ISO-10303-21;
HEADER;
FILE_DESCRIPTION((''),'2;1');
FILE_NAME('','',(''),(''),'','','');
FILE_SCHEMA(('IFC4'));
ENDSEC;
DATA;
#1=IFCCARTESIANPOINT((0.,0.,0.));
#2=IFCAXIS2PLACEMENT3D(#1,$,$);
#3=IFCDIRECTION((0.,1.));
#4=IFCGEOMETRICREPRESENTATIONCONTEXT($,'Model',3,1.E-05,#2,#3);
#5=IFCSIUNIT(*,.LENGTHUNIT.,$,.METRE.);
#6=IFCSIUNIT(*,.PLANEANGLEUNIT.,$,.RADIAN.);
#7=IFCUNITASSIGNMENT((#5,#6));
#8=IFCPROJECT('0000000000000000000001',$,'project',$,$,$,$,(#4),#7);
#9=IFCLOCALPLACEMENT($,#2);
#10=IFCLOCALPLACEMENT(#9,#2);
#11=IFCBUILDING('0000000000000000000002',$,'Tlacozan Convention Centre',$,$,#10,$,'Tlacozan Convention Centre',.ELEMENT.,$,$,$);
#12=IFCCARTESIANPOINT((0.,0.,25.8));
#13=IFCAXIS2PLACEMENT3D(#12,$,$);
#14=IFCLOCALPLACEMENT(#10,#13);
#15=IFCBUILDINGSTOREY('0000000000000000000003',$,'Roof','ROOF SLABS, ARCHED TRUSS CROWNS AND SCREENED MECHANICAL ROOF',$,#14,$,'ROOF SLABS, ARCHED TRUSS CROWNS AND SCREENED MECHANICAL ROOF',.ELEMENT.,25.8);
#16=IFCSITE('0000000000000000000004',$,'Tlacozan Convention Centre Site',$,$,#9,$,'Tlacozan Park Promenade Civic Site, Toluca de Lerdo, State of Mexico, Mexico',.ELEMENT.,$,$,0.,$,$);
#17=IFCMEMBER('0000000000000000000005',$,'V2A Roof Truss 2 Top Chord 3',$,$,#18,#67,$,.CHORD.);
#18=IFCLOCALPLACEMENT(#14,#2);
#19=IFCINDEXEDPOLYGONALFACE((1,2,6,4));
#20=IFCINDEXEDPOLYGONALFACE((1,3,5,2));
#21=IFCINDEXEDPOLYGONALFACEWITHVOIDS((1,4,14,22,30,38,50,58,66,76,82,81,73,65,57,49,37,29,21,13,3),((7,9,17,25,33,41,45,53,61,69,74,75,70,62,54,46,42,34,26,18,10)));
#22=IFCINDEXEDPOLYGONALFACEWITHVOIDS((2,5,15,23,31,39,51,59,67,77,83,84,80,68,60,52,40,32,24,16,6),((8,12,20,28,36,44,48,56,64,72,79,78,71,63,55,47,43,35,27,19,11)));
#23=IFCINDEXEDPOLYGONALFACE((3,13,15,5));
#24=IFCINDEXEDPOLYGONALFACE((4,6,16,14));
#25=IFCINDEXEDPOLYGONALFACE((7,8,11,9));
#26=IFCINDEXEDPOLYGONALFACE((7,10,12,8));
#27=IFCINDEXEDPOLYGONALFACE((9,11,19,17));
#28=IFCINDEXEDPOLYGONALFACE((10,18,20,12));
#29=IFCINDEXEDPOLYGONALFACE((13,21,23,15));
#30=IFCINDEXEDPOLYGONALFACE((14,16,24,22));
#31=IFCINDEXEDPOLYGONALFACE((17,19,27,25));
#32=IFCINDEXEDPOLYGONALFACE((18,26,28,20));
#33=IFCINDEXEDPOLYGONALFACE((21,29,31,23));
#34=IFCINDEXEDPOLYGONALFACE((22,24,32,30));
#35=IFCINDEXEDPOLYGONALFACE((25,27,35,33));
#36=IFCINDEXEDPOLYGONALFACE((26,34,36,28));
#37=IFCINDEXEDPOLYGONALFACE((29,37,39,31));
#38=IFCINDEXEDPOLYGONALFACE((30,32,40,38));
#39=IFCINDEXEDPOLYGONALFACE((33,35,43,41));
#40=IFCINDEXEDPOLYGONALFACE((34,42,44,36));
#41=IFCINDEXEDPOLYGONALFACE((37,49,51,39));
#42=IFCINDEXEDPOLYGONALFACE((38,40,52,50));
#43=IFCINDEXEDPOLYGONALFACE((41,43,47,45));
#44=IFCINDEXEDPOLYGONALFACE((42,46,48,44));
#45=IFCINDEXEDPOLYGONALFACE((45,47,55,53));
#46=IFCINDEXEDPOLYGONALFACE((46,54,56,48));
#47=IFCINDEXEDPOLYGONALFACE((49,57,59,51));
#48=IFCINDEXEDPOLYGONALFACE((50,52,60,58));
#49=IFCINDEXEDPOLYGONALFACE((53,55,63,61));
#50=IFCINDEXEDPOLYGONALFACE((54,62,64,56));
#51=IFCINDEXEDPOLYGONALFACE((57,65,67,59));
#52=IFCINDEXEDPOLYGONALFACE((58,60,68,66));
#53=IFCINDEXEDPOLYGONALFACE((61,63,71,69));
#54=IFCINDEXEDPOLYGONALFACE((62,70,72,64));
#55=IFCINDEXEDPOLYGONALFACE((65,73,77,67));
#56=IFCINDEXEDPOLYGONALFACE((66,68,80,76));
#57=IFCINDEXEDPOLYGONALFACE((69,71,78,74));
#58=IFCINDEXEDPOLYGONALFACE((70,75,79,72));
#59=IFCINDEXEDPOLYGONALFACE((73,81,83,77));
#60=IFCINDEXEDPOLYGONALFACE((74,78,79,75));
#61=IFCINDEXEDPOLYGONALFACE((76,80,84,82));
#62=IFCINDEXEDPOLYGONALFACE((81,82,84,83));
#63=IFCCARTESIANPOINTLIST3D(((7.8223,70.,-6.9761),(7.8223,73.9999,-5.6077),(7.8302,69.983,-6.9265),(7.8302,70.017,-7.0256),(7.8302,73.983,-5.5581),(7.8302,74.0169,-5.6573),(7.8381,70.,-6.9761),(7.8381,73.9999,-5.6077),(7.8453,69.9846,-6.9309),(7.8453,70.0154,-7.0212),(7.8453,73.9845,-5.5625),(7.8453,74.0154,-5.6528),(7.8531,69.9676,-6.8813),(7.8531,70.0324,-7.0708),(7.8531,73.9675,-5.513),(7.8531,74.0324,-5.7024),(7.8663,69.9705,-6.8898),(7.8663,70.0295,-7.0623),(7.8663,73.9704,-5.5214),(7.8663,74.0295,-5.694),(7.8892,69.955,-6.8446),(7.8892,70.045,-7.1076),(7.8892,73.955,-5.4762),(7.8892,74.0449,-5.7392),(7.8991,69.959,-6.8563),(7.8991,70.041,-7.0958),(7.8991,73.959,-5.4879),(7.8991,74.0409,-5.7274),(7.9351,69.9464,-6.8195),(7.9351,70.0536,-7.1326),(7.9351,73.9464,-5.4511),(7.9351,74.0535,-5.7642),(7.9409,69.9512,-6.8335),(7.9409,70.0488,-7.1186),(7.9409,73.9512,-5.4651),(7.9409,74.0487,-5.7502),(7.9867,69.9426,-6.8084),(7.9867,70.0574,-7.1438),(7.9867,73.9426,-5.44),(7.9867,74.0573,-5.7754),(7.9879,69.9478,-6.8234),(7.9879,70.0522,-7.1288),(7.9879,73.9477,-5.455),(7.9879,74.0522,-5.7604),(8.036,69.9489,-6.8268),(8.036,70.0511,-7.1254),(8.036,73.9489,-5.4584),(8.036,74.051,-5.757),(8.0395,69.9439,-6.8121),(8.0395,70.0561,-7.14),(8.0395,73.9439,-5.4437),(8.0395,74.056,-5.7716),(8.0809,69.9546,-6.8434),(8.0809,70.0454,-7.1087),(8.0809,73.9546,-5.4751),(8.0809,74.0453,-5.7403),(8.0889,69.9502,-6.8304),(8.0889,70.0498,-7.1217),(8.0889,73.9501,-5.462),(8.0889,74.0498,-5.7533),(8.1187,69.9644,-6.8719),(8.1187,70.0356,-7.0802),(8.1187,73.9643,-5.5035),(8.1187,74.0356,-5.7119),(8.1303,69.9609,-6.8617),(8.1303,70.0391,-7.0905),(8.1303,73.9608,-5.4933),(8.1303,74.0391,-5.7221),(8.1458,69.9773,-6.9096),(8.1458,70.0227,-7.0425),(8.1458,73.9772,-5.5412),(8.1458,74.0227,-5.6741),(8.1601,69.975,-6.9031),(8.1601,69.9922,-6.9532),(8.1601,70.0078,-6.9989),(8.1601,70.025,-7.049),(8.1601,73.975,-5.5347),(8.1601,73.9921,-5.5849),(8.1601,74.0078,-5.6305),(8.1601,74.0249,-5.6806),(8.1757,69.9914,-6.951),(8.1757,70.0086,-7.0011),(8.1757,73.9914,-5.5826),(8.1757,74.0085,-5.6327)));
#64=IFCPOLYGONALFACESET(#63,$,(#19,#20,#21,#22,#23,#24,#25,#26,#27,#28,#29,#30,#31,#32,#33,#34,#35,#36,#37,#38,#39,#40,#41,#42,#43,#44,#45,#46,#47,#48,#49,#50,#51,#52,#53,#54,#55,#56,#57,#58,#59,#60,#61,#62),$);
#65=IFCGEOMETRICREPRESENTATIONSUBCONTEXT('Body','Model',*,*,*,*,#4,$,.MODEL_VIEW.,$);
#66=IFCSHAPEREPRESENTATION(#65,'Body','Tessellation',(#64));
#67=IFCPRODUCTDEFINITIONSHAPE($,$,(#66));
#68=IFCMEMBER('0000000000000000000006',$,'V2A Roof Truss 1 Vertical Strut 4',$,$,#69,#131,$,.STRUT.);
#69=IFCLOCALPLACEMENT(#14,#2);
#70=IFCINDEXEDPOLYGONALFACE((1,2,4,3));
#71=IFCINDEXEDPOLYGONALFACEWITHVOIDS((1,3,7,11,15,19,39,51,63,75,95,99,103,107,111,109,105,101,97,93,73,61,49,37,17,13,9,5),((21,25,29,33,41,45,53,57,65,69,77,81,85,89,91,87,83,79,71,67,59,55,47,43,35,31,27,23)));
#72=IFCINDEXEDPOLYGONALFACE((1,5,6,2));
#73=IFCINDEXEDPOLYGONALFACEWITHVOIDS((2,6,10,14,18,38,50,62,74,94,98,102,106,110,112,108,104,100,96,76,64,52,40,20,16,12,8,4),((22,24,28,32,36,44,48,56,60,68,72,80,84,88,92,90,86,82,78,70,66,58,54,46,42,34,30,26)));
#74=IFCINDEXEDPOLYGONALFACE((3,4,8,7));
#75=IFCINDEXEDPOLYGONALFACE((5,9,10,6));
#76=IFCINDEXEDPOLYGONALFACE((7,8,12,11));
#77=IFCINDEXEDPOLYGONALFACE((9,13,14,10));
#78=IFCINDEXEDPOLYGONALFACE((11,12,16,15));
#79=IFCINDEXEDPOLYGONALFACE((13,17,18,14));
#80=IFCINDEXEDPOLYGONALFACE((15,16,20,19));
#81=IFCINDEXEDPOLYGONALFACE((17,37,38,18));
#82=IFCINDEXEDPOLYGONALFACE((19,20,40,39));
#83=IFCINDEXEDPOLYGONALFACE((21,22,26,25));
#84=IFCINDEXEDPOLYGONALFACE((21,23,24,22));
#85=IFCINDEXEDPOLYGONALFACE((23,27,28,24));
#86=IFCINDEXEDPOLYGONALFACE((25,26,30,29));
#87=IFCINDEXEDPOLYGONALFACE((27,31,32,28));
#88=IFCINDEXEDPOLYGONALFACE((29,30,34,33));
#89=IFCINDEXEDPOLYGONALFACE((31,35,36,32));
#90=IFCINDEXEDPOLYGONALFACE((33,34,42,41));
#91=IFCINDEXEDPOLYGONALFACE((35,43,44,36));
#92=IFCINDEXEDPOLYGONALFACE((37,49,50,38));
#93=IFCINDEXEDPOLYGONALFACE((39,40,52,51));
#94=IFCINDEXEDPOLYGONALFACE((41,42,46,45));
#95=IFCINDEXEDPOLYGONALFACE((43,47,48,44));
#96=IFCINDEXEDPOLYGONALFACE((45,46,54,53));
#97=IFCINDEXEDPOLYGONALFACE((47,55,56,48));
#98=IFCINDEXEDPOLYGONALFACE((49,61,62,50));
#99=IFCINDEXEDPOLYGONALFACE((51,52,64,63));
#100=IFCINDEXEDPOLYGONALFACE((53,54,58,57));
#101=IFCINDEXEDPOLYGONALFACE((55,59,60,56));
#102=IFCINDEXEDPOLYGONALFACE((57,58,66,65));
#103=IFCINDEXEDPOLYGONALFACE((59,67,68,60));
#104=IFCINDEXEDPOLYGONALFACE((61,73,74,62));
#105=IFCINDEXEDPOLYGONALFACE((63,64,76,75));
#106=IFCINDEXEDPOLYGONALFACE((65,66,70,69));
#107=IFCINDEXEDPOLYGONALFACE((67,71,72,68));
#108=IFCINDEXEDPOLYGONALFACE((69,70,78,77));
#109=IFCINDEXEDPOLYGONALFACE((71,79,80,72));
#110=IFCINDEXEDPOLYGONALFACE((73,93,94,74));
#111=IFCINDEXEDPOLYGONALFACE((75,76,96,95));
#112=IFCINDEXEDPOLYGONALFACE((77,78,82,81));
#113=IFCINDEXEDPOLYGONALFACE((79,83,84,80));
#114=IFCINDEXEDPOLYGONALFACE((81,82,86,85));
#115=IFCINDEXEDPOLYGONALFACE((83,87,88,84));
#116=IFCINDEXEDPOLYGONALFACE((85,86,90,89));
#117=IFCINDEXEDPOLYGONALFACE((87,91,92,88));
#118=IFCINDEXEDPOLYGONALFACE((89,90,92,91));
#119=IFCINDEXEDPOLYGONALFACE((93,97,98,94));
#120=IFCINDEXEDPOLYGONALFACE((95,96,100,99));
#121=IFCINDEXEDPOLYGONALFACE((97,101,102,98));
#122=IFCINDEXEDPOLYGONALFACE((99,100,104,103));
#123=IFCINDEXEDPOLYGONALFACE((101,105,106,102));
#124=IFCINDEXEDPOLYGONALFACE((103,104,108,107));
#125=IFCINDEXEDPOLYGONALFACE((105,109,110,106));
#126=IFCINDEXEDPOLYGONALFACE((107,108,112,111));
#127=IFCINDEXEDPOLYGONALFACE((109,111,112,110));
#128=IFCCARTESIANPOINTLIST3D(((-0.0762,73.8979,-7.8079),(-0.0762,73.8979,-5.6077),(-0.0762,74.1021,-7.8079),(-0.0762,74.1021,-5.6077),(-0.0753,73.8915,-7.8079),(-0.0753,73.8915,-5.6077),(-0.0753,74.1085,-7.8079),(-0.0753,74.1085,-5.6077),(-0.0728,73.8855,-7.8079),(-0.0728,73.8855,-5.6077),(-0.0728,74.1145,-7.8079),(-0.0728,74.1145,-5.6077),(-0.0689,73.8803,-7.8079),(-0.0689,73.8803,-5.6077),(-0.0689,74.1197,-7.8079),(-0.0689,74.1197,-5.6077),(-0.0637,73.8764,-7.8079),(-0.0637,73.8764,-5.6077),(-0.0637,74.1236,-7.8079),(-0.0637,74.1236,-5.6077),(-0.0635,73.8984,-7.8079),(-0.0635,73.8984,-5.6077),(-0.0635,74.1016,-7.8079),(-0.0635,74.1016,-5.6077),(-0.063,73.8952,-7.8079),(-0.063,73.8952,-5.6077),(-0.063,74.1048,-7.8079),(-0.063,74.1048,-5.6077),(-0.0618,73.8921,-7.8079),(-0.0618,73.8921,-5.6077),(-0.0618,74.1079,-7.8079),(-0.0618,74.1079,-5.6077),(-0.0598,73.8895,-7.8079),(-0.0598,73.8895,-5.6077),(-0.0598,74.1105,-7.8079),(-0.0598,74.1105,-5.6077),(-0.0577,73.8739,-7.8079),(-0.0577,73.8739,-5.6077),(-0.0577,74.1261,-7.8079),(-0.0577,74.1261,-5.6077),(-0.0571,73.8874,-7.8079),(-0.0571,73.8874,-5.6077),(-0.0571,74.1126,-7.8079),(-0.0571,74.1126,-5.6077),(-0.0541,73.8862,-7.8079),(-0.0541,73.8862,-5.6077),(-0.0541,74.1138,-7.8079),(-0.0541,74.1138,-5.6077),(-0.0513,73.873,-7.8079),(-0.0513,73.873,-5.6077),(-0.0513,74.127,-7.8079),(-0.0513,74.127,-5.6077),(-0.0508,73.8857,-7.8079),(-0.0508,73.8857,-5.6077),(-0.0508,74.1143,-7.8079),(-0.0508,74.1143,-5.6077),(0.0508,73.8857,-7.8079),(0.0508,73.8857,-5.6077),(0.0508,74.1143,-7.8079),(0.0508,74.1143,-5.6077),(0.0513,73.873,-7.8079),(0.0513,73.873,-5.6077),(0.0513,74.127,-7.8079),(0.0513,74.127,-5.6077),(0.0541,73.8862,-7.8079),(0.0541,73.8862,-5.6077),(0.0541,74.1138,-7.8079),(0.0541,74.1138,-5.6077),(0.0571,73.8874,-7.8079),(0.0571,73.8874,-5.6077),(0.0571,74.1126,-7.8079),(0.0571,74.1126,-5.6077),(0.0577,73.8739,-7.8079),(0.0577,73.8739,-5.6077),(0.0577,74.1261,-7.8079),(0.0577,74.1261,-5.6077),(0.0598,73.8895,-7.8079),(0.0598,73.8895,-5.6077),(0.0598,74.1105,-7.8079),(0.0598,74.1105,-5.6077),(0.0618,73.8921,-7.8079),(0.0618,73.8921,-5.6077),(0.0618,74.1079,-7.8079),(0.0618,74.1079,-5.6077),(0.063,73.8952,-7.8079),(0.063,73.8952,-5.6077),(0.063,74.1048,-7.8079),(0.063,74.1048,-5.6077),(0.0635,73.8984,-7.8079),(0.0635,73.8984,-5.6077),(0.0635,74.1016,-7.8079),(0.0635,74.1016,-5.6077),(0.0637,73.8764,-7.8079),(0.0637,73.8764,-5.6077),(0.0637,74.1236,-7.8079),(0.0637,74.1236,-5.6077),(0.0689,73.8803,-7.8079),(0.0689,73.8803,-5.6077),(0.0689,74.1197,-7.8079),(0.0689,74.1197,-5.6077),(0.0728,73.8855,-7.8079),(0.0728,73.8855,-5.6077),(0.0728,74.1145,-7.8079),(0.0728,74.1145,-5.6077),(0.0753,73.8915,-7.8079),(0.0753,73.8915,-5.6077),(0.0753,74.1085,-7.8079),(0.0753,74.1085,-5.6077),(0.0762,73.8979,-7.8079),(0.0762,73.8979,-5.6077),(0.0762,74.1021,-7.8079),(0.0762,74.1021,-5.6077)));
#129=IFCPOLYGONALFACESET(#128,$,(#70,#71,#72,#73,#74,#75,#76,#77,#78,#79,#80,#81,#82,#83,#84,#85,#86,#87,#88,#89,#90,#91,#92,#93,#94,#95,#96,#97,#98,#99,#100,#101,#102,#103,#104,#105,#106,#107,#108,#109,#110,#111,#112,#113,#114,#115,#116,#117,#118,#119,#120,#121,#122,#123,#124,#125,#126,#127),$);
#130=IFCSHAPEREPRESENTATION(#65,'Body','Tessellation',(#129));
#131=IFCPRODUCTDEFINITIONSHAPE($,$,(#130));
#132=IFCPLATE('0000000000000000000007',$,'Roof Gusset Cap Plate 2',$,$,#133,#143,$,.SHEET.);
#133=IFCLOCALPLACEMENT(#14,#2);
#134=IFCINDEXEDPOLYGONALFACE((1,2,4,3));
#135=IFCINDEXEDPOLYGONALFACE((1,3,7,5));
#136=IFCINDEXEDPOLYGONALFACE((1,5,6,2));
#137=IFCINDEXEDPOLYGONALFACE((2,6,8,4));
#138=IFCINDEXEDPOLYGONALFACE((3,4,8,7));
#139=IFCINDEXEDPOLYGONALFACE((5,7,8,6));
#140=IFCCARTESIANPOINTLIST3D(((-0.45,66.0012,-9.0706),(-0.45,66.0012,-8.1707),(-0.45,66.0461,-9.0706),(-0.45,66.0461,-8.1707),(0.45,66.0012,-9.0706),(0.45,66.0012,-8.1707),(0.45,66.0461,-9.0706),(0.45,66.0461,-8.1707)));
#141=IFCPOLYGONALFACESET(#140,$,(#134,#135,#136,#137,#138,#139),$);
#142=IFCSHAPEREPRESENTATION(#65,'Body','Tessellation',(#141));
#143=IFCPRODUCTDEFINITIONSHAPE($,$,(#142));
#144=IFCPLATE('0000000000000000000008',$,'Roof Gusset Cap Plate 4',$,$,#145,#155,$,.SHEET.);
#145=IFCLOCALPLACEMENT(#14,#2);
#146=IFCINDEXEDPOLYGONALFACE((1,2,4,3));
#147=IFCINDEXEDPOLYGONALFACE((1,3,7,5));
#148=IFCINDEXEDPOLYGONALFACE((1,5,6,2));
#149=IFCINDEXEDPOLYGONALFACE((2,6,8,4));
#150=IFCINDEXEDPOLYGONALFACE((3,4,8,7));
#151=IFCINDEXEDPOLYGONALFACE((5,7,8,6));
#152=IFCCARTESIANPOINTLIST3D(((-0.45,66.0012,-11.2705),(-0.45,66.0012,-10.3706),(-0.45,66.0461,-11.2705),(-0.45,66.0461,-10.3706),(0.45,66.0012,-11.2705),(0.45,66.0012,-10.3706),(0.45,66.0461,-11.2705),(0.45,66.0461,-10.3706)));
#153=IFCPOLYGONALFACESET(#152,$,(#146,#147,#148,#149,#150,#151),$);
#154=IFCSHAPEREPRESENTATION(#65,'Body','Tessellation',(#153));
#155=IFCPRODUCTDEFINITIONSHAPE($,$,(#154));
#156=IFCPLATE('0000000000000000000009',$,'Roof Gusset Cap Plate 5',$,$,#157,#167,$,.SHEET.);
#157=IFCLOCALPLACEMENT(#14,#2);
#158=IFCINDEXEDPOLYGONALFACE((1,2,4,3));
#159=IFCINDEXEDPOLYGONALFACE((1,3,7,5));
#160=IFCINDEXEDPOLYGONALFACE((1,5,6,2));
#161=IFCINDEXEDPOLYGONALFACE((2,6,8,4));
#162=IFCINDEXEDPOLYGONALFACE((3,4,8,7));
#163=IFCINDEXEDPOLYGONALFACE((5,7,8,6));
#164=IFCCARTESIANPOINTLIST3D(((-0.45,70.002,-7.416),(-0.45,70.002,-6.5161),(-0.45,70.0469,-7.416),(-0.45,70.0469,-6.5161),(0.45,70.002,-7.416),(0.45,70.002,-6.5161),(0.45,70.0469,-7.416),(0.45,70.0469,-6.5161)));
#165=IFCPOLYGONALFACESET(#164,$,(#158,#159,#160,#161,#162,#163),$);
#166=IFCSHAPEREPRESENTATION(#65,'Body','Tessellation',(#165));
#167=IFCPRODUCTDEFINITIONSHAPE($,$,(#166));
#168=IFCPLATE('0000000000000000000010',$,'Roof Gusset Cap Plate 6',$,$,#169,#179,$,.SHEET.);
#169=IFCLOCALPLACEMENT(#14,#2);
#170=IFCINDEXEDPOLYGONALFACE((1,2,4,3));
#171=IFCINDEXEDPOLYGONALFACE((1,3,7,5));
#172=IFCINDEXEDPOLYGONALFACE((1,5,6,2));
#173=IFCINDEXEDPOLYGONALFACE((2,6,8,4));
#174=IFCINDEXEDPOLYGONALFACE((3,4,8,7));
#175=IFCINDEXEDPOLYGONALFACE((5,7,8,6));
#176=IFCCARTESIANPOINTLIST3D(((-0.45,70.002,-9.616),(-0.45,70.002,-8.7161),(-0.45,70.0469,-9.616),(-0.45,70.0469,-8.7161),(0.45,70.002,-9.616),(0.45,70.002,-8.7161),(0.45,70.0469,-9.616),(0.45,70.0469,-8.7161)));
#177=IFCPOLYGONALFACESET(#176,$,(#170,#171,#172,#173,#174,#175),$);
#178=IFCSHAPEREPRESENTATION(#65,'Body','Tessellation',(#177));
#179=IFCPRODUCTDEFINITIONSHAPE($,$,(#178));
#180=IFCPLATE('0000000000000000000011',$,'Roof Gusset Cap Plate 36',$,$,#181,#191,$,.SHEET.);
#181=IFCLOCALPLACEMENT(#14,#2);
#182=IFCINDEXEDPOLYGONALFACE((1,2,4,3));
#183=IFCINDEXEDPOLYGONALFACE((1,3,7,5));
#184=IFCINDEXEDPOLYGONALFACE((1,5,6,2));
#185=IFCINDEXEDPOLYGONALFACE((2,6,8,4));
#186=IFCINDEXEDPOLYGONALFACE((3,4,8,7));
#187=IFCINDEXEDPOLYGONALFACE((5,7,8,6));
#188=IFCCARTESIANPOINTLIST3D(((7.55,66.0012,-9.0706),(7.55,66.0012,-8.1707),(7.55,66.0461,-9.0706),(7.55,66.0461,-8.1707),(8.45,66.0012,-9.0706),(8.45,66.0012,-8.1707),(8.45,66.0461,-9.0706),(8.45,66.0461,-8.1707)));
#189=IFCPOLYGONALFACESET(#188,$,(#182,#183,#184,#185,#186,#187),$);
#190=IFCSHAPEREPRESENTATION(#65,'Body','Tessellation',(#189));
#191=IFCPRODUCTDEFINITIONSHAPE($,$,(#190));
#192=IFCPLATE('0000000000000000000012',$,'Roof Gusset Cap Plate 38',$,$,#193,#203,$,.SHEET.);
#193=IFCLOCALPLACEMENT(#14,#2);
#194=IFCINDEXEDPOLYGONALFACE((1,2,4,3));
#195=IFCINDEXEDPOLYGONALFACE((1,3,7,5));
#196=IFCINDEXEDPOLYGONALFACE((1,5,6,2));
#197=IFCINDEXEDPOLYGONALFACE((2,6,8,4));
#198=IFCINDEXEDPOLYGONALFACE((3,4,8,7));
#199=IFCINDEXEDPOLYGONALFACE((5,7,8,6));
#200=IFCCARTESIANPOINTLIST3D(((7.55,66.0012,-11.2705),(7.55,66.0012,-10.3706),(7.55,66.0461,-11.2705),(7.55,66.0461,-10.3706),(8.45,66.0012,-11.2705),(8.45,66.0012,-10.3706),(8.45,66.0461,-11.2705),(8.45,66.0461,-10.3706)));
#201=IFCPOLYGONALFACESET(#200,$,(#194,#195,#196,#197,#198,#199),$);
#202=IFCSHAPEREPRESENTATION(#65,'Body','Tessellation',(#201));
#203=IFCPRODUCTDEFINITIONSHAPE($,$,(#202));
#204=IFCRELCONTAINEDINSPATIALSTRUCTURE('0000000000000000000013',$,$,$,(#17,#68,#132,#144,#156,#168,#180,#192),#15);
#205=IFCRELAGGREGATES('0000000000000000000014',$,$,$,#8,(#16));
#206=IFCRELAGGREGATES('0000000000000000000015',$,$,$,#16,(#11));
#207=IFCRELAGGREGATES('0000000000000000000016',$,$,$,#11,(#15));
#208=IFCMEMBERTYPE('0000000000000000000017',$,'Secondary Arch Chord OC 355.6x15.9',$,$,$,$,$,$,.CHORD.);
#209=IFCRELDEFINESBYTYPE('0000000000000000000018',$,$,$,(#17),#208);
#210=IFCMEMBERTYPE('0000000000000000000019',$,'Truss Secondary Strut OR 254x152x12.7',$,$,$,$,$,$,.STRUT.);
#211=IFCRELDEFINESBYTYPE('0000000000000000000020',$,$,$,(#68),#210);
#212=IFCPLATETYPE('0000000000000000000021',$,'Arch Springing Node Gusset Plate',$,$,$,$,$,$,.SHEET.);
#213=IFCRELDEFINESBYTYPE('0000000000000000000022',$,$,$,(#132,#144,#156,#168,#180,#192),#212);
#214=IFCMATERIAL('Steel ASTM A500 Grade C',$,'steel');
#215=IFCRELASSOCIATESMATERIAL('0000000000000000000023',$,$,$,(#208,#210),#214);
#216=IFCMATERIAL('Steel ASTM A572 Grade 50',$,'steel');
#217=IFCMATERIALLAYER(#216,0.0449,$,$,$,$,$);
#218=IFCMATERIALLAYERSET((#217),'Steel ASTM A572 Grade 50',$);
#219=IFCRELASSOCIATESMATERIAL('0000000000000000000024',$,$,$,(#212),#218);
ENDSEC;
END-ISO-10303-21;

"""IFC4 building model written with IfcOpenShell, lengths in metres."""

from ifc_helpers import new_model, si_unit, direction, frame, origin, origin_2d, place, context, subcontext, project, spatial, rectangle, hollow_rectangle, hollow_circle, extrude, material, layer, layer_set, material_profile, profile_set, type_object, element, save


model = new_model("IFC4")

# Units and contexts
model_context = context("Model", 3, precision=1e-05, world=origin(), true_north=direction((0.0, 1.0)))
body_context = subcontext(model_context, "Body", "Model", "MODEL_VIEW")
ifc_project = project(units=[si_unit("LENGTHUNIT", "METRE"), si_unit("PLANEANGLEUNIT", "RADIAN")], contexts=[model_context])

# Site, building, storey
site_placement = place(None, origin())
site = spatial("IfcSite", under=ifc_project, at=site_placement, Name="Tlacozan Convention Centre Site", LongName="Tlacozan Park Promenade Civic Site, Toluca de Lerdo, State of Mexico, Mexico", CompositionType="ELEMENT", RefElevation=0.0)
building_placement = place(site_placement, origin())
building = spatial("IfcBuilding", under=site, at=building_placement, Name="Tlacozan Convention Centre", LongName="Tlacozan Convention Centre", CompositionType="ELEMENT")
storey_placement = place(building_placement, frame((0.0, 0.0, 25.8)))
storey = spatial("IfcBuildingStorey", under=building, at=storey_placement, Name="Roof", Description="ROOF SLABS, ARCHED TRUSS CROWNS AND SCREENED MECHANICAL ROOF", LongName="ROOF SLABS, ARCHED TRUSS CROWNS AND SCREENED MECHANICAL ROOF", CompositionType="ELEMENT", Elevation=25.8)

# Members
ifc_material_1 = material(Name="Steel ASTM A500 Grade C", Category="steel")
ifc_material_profile_1 = material_profile(ifc_material_1, hollow_circle(Radius=0.1777, WallThickness=0.0159, at=origin_2d()), Name="OC 355.6x15.9")
ifc_profile_set_1 = profile_set([ifc_material_profile_1], Name="Steel ASTM A500 Grade C")
member_type_1 = type_object("IfcMemberType", Name="Secondary Arch Chord OC 355.6x15.9", PredefinedType="CHORD", material=ifc_profile_set_1)
member_1_placement = place(storey_placement, frame((8.0, 70.0, -6.9761), z_axis=(0.0, 0.946165, 0.323685), x_axis=(-1.0, 0.0, 0.0)))
element("IfcMember", 1, at=member_1_placement, inside=storey, type_object=member_type_1, Name="V2A Roof Truss 2 Top Chord 3", PredefinedType="CHORD", context=body_context, shape_type="SweptSolid", body=[
    extrude(hollow_circle(Radius=0.1777, WallThickness=0.0159, at=origin_2d()), origin(), (0.0, 0.0, 1.0), 4.2275),
])
ifc_material_profile_2 = material_profile(ifc_material_1, hollow_rectangle(XDim=0.1523, YDim=0.2539, WallThickness=0.0127, InnerFilletRadius=0.0127, OuterFilletRadius=0.0249, at=origin_2d()), Name="OR 254x152x12.7")
ifc_profile_set_2 = profile_set([ifc_material_profile_2], Name="Steel ASTM A500 Grade C")
member_type_2 = type_object("IfcMemberType", Name="Truss Secondary Strut OR 254x152x12.7", PredefinedType="STRUT", material=ifc_profile_set_2)
member_2_placement = place(storey_placement, frame((0.0, 74.0, -7.8079), z_axis=(0.0, 0.0, 1.0), x_axis=(1.0, 0.0, 0.0)))
element("IfcMember", 2, at=member_2_placement, inside=storey, type_object=member_type_2, Name="V2A Roof Truss 1 Vertical Strut 4", PredefinedType="STRUT", context=body_context, shape_type="SweptSolid", body=[
    extrude(hollow_rectangle(XDim=0.1523, YDim=0.2539, WallThickness=0.0127, InnerFilletRadius=0.0127, OuterFilletRadius=0.0249, at=origin_2d()), origin(), (0.0, 0.0, 1.0), 2.2002),
])

# Plates
ifc_material_2 = material(Name="Steel ASTM A572 Grade 50", Category="steel")
ifc_layer_1 = layer(ifc_material_2, 0.0449)
ifc_layer_set_1 = layer_set([ifc_layer_1], Name="Steel ASTM A572 Grade 50")
plate_type = type_object("IfcPlateType", Name="Arch Springing Node Gusset Plate", PredefinedType="SHEET", material=ifc_layer_set_1)
for number, where, z_axis, x_axis, name in (
    (3, (0.0, 66.0237, -9.0706), (0.0, 0.0, 1.0), (0.0, 1.0, 0.0), "Roof Gusset Cap Plate 2"),
    (4, (0.0, 66.0237, -11.2705), (0.0, 0.0, 1.0), (0.0, 1.0, 0.0), "Roof Gusset Cap Plate 4"),
    (5, (0.0, 70.0244, -7.416), (0.0, 0.0, 1.0), (0.0, 1.0, 0.0), "Roof Gusset Cap Plate 5"),
    (6, (0.0, 70.0244, -9.616), (0.0, 0.0, 1.0), (0.0, 1.0, 0.0), "Roof Gusset Cap Plate 6"),
    (7, (8.0, 66.0237, -9.0706), (0.0, 0.0, 1.0), (0.0, 1.0, 0.0), "Roof Gusset Cap Plate 36"),
    (8, (8.0, 66.0237, -11.2705), (0.0, 0.0, 1.0), (0.0, 1.0, 0.0), "Roof Gusset Cap Plate 38"),
):
    element("IfcPlate", number, at=place(storey_placement, frame(where, z_axis=z_axis, x_axis=x_axis)), inside=storey, type_object=plate_type, Name=name, PredefinedType="SHEET", context=body_context, shape_type="SweptSolid", body=[
        extrude(rectangle(XDim=0.0449, YDim=0.8999, at=origin_2d()), origin(), (0.0, 0.0, 1.0), 0.8999),
    ])

save(model, "model.ifc")
